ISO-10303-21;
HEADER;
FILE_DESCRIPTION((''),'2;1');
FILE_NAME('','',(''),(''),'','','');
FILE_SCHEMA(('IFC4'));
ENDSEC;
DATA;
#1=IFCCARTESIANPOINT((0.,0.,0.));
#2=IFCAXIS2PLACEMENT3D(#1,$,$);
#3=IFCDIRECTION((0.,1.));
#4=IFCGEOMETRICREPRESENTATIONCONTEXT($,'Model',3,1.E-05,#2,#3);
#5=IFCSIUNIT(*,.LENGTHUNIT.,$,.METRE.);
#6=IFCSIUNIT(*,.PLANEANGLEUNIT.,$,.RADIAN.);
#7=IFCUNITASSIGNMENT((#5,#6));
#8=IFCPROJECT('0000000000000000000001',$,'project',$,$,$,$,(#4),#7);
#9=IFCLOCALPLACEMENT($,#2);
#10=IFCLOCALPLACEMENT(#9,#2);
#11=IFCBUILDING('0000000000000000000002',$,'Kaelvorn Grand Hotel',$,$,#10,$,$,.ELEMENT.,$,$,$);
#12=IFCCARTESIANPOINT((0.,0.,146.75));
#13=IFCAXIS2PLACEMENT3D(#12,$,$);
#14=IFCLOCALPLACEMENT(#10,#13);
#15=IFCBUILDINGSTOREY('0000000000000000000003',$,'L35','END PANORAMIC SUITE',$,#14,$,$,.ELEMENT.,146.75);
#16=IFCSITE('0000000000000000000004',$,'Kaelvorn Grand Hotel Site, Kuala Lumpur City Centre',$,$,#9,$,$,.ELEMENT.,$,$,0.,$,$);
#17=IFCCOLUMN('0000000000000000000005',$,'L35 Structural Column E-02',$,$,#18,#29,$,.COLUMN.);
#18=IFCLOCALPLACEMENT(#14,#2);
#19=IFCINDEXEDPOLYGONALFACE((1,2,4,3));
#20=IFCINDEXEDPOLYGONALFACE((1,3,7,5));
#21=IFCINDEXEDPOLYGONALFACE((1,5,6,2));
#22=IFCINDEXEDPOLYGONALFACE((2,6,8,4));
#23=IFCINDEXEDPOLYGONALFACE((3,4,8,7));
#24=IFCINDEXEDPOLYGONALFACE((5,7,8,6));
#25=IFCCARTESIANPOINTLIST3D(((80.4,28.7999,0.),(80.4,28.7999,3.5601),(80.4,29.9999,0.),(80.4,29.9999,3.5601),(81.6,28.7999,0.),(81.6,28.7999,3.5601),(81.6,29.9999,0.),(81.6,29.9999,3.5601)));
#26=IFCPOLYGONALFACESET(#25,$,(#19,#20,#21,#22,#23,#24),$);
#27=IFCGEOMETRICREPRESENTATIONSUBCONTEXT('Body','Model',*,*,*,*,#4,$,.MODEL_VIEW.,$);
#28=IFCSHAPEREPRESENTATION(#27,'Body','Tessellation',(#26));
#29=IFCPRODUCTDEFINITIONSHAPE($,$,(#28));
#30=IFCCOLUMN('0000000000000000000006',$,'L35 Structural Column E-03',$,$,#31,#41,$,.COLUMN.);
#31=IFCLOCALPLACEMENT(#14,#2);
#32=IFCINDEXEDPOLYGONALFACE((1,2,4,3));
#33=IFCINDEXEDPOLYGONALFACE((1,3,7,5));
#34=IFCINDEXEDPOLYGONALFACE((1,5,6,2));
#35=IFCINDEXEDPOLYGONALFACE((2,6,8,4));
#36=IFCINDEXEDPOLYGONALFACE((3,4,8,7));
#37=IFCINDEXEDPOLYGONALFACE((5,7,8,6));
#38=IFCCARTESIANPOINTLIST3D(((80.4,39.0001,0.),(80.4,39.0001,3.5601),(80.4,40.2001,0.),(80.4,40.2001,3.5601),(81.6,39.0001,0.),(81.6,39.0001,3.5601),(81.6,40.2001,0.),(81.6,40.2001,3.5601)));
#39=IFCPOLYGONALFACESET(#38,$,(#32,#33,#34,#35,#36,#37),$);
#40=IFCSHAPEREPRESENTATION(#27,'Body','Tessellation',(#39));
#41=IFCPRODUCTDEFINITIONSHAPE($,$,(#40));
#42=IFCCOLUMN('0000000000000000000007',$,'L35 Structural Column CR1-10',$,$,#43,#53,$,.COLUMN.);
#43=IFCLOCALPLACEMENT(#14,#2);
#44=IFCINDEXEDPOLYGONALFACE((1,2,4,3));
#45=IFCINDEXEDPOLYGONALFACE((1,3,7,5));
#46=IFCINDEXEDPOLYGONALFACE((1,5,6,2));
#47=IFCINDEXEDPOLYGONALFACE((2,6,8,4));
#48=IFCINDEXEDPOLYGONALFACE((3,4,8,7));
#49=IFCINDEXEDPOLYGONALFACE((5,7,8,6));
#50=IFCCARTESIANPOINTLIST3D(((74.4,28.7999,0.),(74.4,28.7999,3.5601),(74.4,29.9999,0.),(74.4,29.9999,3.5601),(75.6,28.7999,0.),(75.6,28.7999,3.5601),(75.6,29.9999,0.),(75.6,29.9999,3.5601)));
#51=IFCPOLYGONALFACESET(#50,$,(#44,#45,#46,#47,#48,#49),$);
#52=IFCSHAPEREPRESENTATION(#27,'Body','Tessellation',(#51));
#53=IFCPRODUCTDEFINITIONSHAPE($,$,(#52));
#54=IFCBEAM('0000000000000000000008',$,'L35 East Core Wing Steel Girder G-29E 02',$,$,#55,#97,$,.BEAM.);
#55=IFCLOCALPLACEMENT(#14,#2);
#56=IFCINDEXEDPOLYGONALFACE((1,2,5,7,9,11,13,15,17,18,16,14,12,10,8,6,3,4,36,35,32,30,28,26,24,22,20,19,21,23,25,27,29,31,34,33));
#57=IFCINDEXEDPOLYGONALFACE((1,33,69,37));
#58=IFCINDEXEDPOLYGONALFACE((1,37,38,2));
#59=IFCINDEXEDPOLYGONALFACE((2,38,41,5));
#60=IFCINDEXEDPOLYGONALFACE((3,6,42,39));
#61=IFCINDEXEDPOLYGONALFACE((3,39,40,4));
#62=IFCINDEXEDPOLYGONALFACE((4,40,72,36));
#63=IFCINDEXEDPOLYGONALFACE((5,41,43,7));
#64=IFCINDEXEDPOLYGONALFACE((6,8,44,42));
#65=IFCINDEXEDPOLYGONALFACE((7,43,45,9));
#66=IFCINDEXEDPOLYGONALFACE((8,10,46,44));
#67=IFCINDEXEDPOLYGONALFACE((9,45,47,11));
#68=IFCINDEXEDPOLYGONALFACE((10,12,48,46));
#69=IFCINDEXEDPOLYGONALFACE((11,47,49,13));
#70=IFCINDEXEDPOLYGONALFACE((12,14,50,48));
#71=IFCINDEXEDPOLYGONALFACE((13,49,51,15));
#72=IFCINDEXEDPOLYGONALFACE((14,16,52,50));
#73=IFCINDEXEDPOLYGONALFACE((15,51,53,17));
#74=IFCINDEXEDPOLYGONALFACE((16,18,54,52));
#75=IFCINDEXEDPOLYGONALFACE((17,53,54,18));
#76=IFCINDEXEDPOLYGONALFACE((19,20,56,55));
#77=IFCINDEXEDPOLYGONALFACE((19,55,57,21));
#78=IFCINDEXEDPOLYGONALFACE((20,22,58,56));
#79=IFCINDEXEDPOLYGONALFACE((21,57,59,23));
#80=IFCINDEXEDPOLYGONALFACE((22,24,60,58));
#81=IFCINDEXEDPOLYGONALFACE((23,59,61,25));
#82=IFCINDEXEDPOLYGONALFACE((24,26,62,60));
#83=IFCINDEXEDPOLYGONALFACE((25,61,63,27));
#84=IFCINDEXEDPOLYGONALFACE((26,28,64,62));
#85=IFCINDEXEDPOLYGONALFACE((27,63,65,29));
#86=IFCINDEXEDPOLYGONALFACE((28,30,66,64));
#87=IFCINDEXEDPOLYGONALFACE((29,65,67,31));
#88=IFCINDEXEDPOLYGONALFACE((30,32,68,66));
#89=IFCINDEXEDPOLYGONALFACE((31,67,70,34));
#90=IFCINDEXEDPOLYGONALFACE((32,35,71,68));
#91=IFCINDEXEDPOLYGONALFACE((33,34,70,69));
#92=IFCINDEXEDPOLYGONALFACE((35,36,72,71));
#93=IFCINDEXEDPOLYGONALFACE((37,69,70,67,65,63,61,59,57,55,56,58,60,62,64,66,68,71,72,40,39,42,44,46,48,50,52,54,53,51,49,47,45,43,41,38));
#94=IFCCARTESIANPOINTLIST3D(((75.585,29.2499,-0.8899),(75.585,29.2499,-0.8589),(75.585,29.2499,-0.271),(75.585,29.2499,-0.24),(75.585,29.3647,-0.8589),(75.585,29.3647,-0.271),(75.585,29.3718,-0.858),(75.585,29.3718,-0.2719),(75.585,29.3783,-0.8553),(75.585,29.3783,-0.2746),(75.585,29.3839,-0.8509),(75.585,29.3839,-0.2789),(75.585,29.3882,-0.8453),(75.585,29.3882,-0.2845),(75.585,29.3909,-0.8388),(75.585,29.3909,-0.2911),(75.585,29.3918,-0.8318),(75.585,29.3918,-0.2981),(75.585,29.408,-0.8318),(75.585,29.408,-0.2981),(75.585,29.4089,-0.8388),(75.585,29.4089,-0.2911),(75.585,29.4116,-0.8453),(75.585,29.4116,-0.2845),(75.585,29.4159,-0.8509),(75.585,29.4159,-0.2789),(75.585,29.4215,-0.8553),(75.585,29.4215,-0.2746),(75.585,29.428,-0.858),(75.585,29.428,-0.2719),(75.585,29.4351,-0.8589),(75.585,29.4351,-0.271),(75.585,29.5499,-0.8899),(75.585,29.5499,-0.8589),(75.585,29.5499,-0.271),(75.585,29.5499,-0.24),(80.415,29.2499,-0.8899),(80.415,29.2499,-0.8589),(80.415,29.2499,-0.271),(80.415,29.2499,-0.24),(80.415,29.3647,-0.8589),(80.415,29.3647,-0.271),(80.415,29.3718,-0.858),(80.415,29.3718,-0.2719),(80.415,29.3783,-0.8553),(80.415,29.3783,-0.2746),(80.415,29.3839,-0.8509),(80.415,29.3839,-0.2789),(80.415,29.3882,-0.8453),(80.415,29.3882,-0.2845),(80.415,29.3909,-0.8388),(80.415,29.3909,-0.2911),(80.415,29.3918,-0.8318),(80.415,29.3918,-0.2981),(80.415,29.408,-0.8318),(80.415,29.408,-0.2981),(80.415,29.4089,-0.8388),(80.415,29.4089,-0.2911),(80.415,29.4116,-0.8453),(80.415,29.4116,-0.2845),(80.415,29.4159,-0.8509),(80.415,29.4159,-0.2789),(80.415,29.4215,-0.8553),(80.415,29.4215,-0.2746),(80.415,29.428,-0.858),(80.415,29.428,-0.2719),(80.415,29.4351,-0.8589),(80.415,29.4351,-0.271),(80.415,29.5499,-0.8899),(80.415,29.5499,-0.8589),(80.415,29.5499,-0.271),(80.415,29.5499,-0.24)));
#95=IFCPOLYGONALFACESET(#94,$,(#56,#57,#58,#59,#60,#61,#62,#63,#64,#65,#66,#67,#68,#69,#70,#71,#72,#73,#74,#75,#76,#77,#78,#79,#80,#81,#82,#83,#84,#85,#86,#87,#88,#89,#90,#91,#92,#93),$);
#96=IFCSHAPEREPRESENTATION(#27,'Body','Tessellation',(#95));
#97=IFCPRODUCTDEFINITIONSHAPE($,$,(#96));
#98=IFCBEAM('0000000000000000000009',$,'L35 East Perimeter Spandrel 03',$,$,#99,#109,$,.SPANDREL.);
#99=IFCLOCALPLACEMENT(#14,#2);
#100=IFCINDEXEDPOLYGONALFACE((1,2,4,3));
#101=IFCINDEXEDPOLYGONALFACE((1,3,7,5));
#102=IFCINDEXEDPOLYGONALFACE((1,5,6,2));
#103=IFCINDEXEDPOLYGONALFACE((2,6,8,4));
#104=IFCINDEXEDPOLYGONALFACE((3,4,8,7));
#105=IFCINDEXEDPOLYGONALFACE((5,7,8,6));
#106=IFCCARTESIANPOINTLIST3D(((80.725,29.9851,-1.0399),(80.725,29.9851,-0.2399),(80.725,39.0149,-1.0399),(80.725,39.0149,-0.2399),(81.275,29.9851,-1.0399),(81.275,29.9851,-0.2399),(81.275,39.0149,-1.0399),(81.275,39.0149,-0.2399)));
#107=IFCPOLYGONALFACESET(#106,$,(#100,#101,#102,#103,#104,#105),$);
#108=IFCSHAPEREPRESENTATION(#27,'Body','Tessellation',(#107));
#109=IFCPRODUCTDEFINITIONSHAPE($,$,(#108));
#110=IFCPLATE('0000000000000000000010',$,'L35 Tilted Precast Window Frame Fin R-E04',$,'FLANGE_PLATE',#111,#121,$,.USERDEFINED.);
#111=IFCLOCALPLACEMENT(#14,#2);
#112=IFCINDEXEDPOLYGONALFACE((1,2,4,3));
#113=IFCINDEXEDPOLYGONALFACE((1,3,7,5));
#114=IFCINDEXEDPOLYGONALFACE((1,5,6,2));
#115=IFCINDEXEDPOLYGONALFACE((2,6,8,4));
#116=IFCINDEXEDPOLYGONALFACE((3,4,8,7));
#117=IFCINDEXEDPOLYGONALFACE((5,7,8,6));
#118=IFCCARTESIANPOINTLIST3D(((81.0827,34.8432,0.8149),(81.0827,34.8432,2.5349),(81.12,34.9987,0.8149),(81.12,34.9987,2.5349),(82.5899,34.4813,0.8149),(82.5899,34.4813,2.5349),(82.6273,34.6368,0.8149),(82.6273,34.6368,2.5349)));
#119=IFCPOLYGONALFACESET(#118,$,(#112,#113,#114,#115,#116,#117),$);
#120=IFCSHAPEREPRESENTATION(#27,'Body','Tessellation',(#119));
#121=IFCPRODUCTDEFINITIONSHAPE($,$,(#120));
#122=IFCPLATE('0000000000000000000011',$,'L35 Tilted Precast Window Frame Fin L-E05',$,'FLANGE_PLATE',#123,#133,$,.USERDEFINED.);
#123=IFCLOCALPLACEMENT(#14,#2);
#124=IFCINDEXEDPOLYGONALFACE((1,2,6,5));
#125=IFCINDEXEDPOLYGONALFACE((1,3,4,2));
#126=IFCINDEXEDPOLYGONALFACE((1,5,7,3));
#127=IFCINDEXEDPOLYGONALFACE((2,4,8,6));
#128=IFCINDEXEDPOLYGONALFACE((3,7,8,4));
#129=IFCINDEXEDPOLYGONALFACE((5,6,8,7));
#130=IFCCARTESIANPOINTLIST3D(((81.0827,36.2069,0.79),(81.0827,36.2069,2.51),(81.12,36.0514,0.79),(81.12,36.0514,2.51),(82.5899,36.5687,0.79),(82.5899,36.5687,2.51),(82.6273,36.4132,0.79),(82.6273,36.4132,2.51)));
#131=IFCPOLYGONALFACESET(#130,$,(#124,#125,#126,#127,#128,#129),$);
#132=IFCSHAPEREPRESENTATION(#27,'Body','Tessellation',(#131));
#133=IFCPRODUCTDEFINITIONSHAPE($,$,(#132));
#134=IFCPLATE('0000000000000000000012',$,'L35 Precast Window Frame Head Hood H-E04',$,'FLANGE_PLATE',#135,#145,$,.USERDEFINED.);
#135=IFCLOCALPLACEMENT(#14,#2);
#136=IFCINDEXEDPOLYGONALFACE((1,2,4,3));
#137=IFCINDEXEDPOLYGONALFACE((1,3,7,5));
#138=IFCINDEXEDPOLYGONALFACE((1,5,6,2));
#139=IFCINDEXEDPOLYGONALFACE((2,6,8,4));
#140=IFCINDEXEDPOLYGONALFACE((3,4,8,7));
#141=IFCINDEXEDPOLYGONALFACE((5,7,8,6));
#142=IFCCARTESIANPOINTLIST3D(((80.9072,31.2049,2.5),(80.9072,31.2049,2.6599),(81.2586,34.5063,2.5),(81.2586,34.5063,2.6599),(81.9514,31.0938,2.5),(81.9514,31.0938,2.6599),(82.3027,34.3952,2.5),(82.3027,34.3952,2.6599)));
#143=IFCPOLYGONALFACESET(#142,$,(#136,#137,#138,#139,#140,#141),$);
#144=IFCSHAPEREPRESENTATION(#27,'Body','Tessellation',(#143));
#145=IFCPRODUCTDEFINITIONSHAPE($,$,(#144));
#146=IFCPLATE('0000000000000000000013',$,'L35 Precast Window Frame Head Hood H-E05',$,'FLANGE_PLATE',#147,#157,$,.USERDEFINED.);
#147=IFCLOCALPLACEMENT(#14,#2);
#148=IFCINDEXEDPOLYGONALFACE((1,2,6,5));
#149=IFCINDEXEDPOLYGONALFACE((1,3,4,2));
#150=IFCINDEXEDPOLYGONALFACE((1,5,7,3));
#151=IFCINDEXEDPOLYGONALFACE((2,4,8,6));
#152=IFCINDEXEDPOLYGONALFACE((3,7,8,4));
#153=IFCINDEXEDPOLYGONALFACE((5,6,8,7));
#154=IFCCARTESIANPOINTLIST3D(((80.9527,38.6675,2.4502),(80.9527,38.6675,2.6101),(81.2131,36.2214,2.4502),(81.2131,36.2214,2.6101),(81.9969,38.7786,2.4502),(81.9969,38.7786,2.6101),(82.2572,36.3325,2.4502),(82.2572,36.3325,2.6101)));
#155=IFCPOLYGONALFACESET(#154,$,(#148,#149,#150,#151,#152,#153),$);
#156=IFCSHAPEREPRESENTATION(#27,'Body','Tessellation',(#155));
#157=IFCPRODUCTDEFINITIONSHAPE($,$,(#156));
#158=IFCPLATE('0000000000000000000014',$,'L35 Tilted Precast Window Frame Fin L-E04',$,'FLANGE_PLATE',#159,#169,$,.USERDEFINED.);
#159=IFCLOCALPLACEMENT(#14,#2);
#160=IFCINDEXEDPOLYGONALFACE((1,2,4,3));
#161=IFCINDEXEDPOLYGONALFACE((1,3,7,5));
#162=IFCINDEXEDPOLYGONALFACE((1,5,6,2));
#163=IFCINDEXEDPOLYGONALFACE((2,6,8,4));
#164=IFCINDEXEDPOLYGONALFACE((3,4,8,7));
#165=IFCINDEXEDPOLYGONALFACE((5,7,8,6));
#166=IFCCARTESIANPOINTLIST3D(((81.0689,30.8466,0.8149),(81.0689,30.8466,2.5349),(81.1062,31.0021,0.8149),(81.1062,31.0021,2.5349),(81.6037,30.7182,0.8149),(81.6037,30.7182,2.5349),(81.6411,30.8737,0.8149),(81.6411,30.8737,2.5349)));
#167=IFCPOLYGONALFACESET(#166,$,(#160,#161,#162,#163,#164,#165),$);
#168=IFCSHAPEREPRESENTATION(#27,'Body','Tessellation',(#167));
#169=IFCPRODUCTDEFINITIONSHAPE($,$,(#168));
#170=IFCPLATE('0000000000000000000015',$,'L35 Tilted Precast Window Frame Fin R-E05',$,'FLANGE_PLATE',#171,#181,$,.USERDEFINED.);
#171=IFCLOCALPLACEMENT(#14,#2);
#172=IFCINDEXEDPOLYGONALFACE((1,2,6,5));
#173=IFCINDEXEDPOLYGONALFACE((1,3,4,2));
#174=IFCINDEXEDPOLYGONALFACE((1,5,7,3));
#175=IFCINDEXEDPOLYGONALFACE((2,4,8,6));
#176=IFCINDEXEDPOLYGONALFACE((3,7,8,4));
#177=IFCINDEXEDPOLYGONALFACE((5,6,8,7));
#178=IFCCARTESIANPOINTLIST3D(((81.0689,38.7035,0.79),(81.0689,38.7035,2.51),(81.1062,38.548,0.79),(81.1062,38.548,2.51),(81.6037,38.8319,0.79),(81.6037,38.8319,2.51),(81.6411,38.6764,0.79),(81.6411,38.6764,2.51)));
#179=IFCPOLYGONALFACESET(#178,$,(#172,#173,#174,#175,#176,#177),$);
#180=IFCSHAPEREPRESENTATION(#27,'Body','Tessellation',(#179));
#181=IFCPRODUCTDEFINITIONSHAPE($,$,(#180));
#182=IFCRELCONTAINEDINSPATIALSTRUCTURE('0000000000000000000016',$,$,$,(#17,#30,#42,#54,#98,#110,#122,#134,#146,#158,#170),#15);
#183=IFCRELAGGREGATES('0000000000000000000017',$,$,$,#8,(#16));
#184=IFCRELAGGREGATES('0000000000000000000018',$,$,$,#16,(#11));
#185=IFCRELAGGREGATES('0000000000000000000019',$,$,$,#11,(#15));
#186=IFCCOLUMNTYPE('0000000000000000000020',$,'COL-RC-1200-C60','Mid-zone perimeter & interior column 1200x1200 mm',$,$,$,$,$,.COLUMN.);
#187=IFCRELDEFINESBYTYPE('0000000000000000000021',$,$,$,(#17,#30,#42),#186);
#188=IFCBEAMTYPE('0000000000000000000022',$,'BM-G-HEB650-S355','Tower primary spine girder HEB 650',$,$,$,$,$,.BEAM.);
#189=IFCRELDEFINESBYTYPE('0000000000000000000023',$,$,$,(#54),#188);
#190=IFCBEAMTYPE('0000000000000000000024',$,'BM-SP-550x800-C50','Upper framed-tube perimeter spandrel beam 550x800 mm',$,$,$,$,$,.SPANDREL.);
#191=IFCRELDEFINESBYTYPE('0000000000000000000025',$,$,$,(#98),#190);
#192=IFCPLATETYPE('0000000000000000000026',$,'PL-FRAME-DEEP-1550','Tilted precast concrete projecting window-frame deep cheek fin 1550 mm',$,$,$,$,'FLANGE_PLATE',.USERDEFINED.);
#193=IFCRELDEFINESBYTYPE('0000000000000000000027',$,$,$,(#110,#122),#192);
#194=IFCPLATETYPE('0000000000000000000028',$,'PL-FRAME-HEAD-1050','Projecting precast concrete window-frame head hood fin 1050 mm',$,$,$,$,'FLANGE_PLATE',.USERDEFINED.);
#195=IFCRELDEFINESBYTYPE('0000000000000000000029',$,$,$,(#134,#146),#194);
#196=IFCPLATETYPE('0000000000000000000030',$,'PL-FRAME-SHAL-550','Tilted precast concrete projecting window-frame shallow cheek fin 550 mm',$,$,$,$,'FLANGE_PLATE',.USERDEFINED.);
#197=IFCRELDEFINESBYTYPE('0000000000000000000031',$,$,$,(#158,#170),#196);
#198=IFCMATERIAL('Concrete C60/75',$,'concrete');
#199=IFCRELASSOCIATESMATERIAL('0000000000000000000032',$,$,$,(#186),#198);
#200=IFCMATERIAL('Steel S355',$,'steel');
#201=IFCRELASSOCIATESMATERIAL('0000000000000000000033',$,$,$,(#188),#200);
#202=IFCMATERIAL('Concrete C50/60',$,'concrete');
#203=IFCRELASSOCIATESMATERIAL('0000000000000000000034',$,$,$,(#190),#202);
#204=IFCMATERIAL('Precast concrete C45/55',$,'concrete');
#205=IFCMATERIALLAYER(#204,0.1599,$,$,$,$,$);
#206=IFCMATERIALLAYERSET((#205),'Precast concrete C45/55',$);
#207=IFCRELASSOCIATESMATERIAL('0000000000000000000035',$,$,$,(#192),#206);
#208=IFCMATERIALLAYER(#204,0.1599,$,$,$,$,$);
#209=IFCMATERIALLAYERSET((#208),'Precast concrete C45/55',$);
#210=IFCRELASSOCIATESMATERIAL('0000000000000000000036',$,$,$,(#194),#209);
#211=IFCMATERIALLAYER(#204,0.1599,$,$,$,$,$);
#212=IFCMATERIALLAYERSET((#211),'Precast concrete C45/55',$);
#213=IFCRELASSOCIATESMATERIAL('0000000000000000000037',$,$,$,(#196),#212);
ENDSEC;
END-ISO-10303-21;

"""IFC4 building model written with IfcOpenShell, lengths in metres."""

from ifc_helpers import new_model, si_unit, direction, frame, origin, origin_2d, place, context, subcontext, project, spatial, rectangle, i_section, extrude, material, layer, layer_set, material_profile, profile_set, type_object, element, save


model = new_model("IFC4")

# Units and contexts
model_context = context("Model", 3, precision=1e-05, world=origin(), true_north=direction((0.0, 1.0)))
body_context = subcontext(model_context, "Body", "Model", "MODEL_VIEW")
ifc_project = project(units=[si_unit("LENGTHUNIT", "METRE"), si_unit("PLANEANGLEUNIT", "RADIAN")], contexts=[model_context])

# Site, building, storey
site_placement = place(None, origin())
site = spatial("IfcSite", under=ifc_project, at=site_placement, Name="Kaelvorn Grand Hotel Site, Kuala Lumpur City Centre", CompositionType="ELEMENT", RefElevation=0.0)
building_placement = place(site_placement, origin())
building = spatial("IfcBuilding", under=site, at=building_placement, Name="Kaelvorn Grand Hotel", CompositionType="ELEMENT")
storey_placement = place(building_placement, frame((0.0, 0.0, 146.75)))
storey = spatial("IfcBuildingStorey", under=building, at=storey_placement, Name="L35", Description="END PANORAMIC SUITE", CompositionType="ELEMENT", Elevation=146.75)

# Columns
ifc_material_1 = material(Name="Concrete C60/75", Category="concrete")
ifc_material_profile_1 = material_profile(ifc_material_1, rectangle(XDim=1.2, YDim=1.2, at=origin_2d()), Name="RC COL 1200x1200")
ifc_profile_set_1 = profile_set([ifc_material_profile_1], Name="Concrete C60/75")
column_type = type_object("IfcColumnType", Name="COL-RC-1200-C60", Description="Mid-zone perimeter & interior column 1200x1200 mm", PredefinedType="COLUMN", material=ifc_profile_set_1)
for number, where, z_axis, x_axis, name in (
    (1, (81.0, 29.3999, 0.0), (0.0, 0.0, 1.0), (1.0, 0.0, 0.0), "L35 Structural Column E-02"),
    (2, (81.0, 39.6001, 0.0), (0.0, 0.0, 1.0), (1.0, 0.0, 0.0), "L35 Structural Column E-03"),
    (3, (75.0, 29.3999, 0.0), (0.0, 0.0, 1.0), (1.0, 0.0, 0.0), "L35 Structural Column CR1-10"),
):
    element("IfcColumn", number, at=place(storey_placement, frame(where, z_axis=z_axis, x_axis=x_axis)), inside=storey, type_object=column_type, Name=name, PredefinedType="COLUMN", context=body_context, shape_type="SweptSolid", body=[
        extrude(rectangle(XDim=1.2, YDim=1.2, at=origin_2d()), origin(), (0.0, 0.0, 1.0), 3.5601),
    ])

# Beams
ifc_material_2 = material(Name="Steel S355", Category="steel")
ifc_material_profile_2 = material_profile(ifc_material_2, i_section(OverallWidth=0.3, OverallDepth=0.6499, WebThickness=0.0161, FlangeThickness=0.031, FilletRadius=0.0271, at=origin_2d()), Name="HEB 650")
ifc_profile_set_2 = profile_set([ifc_material_profile_2], Name="Steel S355")
beam_type_1 = type_object("IfcBeamType", Name="BM-G-HEB650-S355", Description="Tower primary spine girder HEB 650", PredefinedType="BEAM", material=ifc_profile_set_2)
beam_1_placement = place(storey_placement, frame((75.585, 29.3999, -0.5649), z_axis=(1.0, 0.0, 0.0), x_axis=(0.0, 1.0, 0.0)))
element("IfcBeam", 4, at=beam_1_placement, inside=storey, type_object=beam_type_1, Name="L35 East Core Wing Steel Girder G-29E 02", PredefinedType="BEAM", context=body_context, shape_type="SweptSolid", body=[
    extrude(i_section(OverallWidth=0.3, OverallDepth=0.6499, WebThickness=0.0161, FlangeThickness=0.031, FilletRadius=0.0271, at=origin_2d()), origin(), (0.0, 0.0, 1.0), 4.8301),
])
ifc_material_3 = material(Name="Concrete C50/60", Category="concrete")
ifc_material_profile_3 = material_profile(ifc_material_3, rectangle(XDim=0.55, YDim=0.8, at=origin_2d()), Name="RC SPANDREL 550x800")
ifc_profile_set_3 = profile_set([ifc_material_profile_3], Name="Concrete C50/60")
beam_type_2 = type_object("IfcBeamType", Name="BM-SP-550x800-C50", Description="Upper framed-tube perimeter spandrel beam 550x800 mm", PredefinedType="SPANDREL", material=ifc_profile_set_3)
beam_2_placement = place(storey_placement, frame((81.0, 29.9851, -0.6399), z_axis=(0.0, 1.0, 0.0), x_axis=(-1.0, 0.0, 0.0)))
element("IfcBeam", 5, at=beam_2_placement, inside=storey, type_object=beam_type_2, Name="L35 East Perimeter Spandrel 03", PredefinedType="SPANDREL", context=body_context, shape_type="SweptSolid", body=[
    extrude(rectangle(XDim=0.55, YDim=0.8, at=origin_2d()), origin(), (0.0, 0.0, 1.0), 9.0298),
])

# Plates
ifc_material_4 = material(Name="Precast concrete C45/55", Category="concrete")
ifc_layer_1 = layer(ifc_material_4, 0.1599)
ifc_layer_set_1 = layer_set([ifc_layer_1], Name="Precast concrete C45/55")
plate_type_1 = type_object("IfcPlateType", Name="PL-FRAME-DEEP-1550", Description="Tilted precast concrete projecting window-frame deep cheek fin 1550 mm", ElementType="FLANGE_PLATE", PredefinedType="USERDEFINED", material=ifc_layer_set_1)
for number, where, z_axis, x_axis, name in (
    (6, (81.855, 34.74, 0.8149), (0.0, 0.0, 1.0), (0.233445, 0.97237, 0.0), "L35 Tilted Precast Window Frame Fin R-E04"),
    (7, (81.855, 36.3101, 0.79), (0.0, 0.0, 1.0), (-0.233445, 0.97237, 0.0), "L35 Tilted Precast Window Frame Fin L-E05"),
):
    element("IfcPlate", number, at=place(storey_placement, frame(where, z_axis=z_axis, x_axis=x_axis)), inside=storey, type_object=plate_type_1, Name=name, ObjectType="FLANGE_PLATE", PredefinedType="USERDEFINED", context=body_context, shape_type="SweptSolid", body=[
        extrude(rectangle(XDim=0.1599, YDim=1.55, at=origin_2d()), origin(), (0.0, 0.0, 1.0), 1.72),
    ])
ifc_layer_2 = layer(ifc_material_4, 0.1599)
ifc_layer_set_2 = layer_set([ifc_layer_2], Name="Precast concrete C45/55")
plate_type_2 = type_object("IfcPlateType", Name="PL-FRAME-HEAD-1050", Description="Projecting precast concrete window-frame head hood fin 1050 mm", ElementType="FLANGE_PLATE", PredefinedType="USERDEFINED", material=ifc_layer_set_2)
plate_1_placement = place(storey_placement, frame((81.605, 32.8, 2.5), z_axis=(0.0, 0.0, 1.0), x_axis=(0.10583, 0.994384, 0.0)))
element("IfcPlate", 8, at=plate_1_placement, inside=storey, type_object=plate_type_2, Name="L35 Precast Window Frame Head Hood H-E04", ObjectType="FLANGE_PLATE", PredefinedType="USERDEFINED", context=body_context, shape_type="SweptSolid", body=[
    extrude(rectangle(XDim=3.3201, YDim=1.05, at=origin_2d()), origin(), (0.0, 0.0, 1.0), 0.1599),
])
plate_2_placement = place(storey_placement, frame((81.605, 37.5, 2.4502), z_axis=(0.0, 0.0, 1.0), x_axis=(-0.10583, 0.994384, 0.0)))
element("IfcPlate", 9, at=plate_2_placement, inside=storey, type_object=plate_type_2, Name="L35 Precast Window Frame Head Hood H-E05", ObjectType="FLANGE_PLATE", PredefinedType="USERDEFINED", context=body_context, shape_type="SweptSolid", body=[
    extrude(rectangle(XDim=2.46, YDim=1.05, at=origin_2d()), origin(), (0.0, 0.0, 1.0), 0.1599),
])
ifc_layer_3 = layer(ifc_material_4, 0.1599)
ifc_layer_set_3 = layer_set([ifc_layer_3], Name="Precast concrete C45/55")
plate_type_3 = type_object("IfcPlateType", Name="PL-FRAME-SHAL-550", Description="Tilted precast concrete projecting window-frame shallow cheek fin 550 mm", ElementType="FLANGE_PLATE", PredefinedType="USERDEFINED", material=ifc_layer_set_3)
for number, where, z_axis, x_axis, name in (
    (10, (81.355, 30.8601, 0.8149), (0.0, 0.0, 1.0), (0.233445, 0.97237, 0.0), "L35 Tilted Precast Window Frame Fin L-E04"),
    (11, (81.355, 38.6899, 0.79), (0.0, 0.0, 1.0), (-0.233445, 0.97237, 0.0), "L35 Tilted Precast Window Frame Fin R-E05"),
):
    element("IfcPlate", number, at=place(storey_placement, frame(where, z_axis=z_axis, x_axis=x_axis)), inside=storey, type_object=plate_type_3, Name=name, ObjectType="FLANGE_PLATE", PredefinedType="USERDEFINED", context=body_context, shape_type="SweptSolid", body=[
        extrude(rectangle(XDim=0.1599, YDim=0.55, at=origin_2d()), origin(), (0.0, 0.0, 1.0), 1.72),
    ])

save(model, "model.ifc")
